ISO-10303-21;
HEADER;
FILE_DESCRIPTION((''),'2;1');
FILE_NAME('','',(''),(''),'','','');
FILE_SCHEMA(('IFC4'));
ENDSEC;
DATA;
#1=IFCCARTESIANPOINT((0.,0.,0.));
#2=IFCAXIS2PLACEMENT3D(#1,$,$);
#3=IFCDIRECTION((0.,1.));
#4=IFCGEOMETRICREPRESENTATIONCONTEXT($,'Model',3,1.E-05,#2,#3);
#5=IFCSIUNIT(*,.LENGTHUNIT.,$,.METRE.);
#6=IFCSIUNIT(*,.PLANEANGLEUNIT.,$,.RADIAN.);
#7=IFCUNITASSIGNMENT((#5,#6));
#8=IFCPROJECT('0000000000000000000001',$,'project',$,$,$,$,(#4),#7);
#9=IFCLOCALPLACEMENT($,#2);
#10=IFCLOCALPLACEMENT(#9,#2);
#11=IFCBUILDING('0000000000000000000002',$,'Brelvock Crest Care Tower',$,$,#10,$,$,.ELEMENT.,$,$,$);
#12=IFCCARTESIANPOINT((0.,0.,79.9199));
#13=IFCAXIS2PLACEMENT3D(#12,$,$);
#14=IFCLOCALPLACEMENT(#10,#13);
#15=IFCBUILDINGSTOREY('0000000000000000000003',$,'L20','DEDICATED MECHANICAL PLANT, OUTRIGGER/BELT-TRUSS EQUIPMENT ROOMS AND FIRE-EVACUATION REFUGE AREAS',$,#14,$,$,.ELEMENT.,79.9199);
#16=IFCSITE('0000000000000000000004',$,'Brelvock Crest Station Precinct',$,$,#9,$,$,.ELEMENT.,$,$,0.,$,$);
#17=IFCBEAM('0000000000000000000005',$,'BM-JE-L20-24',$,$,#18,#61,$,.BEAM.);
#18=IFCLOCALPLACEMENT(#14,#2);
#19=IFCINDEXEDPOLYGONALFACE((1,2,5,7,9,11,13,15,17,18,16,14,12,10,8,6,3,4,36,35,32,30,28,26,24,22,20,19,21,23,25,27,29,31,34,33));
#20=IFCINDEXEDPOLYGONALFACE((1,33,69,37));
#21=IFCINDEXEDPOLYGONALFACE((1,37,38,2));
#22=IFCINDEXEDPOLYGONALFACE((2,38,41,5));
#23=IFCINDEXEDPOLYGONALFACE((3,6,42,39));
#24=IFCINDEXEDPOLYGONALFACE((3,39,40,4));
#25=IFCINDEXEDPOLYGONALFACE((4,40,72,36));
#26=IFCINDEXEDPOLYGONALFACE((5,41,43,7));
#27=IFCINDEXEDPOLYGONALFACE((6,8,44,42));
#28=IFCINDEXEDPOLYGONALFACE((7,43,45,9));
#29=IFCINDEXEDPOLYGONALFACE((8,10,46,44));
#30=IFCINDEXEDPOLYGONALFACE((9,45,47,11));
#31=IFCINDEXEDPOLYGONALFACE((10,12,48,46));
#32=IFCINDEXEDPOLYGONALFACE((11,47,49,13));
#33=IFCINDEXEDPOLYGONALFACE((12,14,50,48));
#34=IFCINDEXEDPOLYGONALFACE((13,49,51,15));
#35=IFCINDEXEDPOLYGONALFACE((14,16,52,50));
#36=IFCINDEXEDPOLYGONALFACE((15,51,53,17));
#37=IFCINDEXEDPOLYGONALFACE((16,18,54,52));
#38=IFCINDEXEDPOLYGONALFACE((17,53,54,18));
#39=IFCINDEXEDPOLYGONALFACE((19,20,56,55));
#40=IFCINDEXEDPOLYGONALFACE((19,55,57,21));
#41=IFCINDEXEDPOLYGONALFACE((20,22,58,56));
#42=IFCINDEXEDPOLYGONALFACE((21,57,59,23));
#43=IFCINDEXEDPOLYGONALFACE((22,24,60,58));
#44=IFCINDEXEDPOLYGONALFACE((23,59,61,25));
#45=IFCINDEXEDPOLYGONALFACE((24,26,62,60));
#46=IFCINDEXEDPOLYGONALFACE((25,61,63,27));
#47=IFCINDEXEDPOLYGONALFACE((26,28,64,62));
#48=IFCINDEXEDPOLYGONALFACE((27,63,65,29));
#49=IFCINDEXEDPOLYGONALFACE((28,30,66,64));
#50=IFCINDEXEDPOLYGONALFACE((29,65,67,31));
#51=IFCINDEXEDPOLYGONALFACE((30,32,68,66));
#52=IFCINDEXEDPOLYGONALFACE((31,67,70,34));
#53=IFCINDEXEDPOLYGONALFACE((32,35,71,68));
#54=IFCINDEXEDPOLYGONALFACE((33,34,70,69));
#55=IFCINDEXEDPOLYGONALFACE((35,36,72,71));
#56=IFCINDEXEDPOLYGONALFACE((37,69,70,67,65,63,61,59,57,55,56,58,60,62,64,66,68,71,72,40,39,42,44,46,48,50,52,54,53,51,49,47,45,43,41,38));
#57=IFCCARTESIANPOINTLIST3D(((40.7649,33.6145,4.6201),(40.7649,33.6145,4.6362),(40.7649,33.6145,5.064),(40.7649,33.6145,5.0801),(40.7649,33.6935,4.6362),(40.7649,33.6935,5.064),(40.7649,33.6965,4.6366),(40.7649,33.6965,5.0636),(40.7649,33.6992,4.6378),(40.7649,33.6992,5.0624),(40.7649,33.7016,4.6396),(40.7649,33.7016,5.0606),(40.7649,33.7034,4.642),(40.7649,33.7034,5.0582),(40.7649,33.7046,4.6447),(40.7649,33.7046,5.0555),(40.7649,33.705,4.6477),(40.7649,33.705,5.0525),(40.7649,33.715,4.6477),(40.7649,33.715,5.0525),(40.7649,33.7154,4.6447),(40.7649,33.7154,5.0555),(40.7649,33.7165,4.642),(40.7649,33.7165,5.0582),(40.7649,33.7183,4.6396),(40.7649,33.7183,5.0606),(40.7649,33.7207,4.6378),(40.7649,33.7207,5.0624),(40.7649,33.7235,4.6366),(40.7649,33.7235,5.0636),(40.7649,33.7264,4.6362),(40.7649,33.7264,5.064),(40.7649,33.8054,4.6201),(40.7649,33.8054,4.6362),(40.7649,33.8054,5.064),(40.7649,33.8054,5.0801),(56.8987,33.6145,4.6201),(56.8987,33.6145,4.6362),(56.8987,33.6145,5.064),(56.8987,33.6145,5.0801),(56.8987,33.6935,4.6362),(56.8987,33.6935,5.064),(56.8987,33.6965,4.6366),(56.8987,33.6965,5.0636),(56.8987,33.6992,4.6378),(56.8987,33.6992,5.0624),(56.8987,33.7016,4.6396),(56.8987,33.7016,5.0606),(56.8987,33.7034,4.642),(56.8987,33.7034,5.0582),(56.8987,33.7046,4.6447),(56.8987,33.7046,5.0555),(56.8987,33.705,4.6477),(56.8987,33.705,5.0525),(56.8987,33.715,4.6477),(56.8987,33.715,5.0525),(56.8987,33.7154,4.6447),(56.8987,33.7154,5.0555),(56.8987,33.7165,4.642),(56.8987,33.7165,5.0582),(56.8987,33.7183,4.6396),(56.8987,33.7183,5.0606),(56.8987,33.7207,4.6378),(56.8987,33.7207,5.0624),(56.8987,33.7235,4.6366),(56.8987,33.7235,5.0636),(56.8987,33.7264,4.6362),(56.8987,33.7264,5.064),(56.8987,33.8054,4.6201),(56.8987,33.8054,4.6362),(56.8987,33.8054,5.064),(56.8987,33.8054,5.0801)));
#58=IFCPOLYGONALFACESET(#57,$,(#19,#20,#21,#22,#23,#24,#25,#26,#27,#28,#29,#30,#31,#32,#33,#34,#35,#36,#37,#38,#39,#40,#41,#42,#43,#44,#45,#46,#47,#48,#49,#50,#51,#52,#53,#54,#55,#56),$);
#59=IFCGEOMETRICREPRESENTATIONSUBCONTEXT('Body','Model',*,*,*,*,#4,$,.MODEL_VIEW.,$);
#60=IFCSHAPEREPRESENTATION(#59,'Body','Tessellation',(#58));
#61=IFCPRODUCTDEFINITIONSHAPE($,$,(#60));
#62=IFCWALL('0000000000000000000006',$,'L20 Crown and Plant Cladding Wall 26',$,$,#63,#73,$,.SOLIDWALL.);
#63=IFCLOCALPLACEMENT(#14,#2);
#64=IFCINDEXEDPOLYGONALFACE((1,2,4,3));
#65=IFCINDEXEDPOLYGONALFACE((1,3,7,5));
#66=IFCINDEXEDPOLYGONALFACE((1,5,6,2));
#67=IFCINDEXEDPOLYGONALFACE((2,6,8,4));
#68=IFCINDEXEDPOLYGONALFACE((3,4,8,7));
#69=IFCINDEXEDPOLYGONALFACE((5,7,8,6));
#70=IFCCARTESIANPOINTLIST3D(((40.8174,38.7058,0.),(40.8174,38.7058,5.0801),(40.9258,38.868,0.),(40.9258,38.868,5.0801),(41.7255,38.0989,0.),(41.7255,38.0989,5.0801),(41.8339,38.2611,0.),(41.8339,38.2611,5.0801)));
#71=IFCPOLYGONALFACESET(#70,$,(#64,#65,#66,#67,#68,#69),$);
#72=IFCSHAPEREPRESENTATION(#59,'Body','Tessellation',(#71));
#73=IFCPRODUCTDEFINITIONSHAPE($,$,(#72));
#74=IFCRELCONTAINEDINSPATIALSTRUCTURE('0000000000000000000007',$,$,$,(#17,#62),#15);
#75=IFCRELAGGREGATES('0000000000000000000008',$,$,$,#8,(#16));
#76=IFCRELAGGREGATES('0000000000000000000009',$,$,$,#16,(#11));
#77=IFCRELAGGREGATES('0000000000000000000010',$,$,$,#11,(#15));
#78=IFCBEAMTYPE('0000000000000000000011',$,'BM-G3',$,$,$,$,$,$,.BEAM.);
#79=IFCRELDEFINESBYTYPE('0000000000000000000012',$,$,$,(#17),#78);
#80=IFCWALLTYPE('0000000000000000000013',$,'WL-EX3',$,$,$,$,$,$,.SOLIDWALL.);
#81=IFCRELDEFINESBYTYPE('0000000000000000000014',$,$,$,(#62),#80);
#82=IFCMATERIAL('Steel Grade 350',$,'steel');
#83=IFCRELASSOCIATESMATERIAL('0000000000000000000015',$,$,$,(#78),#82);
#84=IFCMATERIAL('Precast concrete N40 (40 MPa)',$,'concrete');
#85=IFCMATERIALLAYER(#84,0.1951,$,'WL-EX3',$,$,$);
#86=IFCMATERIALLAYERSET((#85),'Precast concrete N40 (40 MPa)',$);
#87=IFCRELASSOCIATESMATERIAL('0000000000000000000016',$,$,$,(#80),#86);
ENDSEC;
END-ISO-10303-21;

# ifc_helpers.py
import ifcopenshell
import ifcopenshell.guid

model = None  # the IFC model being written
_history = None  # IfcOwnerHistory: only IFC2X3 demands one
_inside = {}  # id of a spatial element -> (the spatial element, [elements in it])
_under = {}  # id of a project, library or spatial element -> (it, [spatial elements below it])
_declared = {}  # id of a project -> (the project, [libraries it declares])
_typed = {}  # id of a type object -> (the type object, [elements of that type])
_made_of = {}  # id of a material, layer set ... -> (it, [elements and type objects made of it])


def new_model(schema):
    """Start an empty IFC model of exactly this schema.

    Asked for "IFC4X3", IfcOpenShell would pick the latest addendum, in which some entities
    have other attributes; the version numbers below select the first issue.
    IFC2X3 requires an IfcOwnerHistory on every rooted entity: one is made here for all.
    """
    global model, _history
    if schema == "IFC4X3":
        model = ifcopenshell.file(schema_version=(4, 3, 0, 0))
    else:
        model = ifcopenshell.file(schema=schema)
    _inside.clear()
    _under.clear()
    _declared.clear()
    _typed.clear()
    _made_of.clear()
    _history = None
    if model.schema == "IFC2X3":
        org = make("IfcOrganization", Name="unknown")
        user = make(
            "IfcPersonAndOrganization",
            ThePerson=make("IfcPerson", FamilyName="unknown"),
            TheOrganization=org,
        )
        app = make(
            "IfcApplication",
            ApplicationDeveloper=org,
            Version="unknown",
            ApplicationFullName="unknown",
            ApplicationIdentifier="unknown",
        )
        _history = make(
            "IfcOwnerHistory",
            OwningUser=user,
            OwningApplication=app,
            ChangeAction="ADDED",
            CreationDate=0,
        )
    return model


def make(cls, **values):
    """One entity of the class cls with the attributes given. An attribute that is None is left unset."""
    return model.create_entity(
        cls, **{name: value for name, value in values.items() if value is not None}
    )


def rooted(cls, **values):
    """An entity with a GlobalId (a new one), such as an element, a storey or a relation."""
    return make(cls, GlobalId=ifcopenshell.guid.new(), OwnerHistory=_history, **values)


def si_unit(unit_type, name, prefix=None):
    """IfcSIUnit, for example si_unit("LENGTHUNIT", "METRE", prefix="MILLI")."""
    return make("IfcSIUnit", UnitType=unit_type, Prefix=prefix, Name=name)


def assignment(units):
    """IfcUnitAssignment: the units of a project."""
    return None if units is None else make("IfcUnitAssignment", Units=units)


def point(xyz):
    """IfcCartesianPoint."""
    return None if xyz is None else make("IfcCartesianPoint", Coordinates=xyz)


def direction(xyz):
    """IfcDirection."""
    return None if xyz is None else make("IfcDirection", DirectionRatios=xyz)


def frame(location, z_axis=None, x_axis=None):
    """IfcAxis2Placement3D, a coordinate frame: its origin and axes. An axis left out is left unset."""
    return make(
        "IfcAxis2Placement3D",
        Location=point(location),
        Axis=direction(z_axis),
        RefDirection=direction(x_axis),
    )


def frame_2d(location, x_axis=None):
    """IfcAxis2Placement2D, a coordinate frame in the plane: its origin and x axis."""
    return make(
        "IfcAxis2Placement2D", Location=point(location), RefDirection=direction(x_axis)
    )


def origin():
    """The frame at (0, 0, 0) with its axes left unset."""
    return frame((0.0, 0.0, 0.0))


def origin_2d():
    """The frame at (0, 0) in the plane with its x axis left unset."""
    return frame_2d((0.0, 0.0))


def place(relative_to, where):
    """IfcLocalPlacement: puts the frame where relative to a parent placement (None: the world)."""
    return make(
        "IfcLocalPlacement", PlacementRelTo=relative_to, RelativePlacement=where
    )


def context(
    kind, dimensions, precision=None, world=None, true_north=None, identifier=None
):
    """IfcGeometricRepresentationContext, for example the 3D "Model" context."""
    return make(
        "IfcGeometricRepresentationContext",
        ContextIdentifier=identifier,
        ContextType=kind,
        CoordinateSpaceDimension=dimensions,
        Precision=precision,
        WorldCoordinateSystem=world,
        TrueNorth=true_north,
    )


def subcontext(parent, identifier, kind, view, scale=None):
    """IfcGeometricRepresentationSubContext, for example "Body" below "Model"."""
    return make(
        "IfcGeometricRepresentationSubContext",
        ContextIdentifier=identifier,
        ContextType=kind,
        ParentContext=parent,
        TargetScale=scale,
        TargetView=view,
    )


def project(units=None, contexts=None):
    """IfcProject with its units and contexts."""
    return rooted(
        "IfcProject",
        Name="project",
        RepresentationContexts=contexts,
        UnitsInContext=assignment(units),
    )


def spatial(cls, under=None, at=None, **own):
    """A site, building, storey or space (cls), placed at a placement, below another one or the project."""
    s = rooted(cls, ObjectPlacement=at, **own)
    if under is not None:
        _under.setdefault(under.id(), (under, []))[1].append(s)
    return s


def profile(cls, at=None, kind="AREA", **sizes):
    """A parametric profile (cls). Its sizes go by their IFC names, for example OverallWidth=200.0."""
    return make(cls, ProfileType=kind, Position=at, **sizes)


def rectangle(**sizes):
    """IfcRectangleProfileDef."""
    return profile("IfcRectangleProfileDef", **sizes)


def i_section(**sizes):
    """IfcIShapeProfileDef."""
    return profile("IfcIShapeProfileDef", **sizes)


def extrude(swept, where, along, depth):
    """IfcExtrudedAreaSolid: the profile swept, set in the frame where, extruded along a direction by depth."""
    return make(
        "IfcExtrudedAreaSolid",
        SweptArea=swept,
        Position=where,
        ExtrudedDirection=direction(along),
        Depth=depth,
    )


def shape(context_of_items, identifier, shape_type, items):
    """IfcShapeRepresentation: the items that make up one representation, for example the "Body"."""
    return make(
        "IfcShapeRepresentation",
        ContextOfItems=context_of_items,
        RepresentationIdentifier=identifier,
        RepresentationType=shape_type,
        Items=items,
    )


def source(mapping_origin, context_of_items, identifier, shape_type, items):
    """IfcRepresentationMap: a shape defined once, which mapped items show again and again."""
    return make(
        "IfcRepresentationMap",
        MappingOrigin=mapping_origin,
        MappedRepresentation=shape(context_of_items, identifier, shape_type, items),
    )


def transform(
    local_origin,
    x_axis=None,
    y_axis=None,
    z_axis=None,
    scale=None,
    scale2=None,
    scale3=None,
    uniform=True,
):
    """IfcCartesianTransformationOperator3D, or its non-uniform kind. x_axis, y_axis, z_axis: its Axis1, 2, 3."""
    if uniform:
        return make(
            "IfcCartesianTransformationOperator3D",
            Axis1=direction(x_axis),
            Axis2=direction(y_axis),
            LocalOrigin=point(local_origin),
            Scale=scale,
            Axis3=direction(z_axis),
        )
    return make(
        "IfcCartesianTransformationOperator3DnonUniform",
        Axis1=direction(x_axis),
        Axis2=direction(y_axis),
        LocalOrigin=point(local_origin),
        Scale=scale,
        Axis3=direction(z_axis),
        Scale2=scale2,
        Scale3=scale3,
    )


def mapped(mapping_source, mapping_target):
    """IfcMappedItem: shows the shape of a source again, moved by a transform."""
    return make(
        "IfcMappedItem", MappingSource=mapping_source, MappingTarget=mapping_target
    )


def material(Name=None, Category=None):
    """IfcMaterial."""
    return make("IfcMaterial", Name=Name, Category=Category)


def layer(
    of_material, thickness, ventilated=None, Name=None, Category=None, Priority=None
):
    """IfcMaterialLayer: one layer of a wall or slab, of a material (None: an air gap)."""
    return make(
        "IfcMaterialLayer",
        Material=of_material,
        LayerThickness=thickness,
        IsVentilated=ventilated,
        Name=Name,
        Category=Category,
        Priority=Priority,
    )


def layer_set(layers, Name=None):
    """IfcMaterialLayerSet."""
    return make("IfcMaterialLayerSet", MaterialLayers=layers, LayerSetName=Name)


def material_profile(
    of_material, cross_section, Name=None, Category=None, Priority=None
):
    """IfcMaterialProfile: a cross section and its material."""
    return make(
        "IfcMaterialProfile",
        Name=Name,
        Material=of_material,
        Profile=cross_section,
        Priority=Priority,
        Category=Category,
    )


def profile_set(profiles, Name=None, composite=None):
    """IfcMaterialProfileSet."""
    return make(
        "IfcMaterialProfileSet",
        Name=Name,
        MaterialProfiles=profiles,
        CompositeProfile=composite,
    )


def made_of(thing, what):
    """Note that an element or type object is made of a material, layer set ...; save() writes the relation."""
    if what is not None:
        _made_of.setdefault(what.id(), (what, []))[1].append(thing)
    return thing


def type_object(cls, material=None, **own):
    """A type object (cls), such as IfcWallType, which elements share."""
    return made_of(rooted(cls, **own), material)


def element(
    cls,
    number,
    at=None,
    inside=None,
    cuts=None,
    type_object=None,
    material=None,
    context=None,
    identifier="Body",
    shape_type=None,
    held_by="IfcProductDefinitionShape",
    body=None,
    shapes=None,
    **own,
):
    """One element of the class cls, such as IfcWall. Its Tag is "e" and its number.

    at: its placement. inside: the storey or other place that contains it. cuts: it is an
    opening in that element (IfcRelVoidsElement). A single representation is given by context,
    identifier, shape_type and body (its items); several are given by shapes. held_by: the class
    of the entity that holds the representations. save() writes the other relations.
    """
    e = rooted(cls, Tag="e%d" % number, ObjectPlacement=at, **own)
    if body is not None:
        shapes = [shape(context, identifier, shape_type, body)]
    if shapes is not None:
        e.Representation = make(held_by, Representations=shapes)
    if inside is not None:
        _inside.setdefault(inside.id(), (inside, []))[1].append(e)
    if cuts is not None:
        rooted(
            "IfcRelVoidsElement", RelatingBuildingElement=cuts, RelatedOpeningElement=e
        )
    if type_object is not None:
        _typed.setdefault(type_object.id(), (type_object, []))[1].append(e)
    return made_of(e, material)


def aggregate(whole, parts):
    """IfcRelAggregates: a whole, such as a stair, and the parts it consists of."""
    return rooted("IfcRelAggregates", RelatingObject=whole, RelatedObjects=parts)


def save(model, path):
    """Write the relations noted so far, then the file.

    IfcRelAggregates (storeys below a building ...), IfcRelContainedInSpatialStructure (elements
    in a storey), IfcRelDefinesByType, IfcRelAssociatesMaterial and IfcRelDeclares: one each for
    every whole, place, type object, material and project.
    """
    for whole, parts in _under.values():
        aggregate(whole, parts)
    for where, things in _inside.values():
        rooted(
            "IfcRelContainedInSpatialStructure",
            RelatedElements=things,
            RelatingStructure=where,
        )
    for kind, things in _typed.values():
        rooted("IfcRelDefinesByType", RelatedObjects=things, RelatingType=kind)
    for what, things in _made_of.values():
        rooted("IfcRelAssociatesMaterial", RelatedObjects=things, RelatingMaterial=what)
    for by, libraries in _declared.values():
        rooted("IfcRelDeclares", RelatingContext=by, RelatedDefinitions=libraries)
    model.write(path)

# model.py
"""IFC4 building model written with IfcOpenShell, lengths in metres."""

from ifc_helpers import new_model, si_unit, direction, frame, frame_2d, origin, origin_2d, place, context, subcontext, project, spatial, rectangle, i_section, extrude, source, transform, mapped, material, layer, layer_set, material_profile, profile_set, type_object, element, save


model = new_model("IFC4")

# Units and contexts
model_context = context("Model", 3, precision=1e-05, world=origin(), true_north=direction((0.0, 1.0)))
body_context = subcontext(model_context, "Body", "Model", "MODEL_VIEW")
ifc_project = project(units=[si_unit("LENGTHUNIT", "METRE"), si_unit("PLANEANGLEUNIT", "RADIAN")], contexts=[model_context])

# Site, building, storey
site_placement = place(None, origin())
site = spatial("IfcSite", under=ifc_project, at=site_placement, Name="Brelvock Crest Station Precinct", CompositionType="ELEMENT", RefElevation=0.0)
building_placement = place(site_placement, origin())
building = spatial("IfcBuilding", under=site, at=building_placement, Name="Brelvock Crest Care Tower", CompositionType="ELEMENT")
storey_placement = place(building_placement, frame((0.0, 0.0, 79.9199)))
storey = spatial("IfcBuildingStorey", under=building, at=storey_placement, Name="L20", Description="DEDICATED MECHANICAL PLANT, OUTRIGGER/BELT-TRUSS EQUIPMENT ROOMS AND FIRE-EVACUATION REFUGE AREAS", CompositionType="ELEMENT", Elevation=79.9199)

# Beam
ifc_material_1 = material(Name="Steel Grade 350", Category="steel")
ifc_material_profile_1 = material_profile(ifc_material_1, i_section(OverallWidth=0.1909, OverallDepth=0.46, WebThickness=0.01, FlangeThickness=0.0161, FilletRadius=0.0115, at=origin_2d()), Name="460UB82.1")
ifc_profile_set_1 = profile_set([ifc_material_profile_1], Name="Steel Grade 350")
beam_type_1 = type_object("IfcBeamType", Name="BM-G3", PredefinedType="BEAM", material=ifc_profile_set_1)
shared_shape_1 = source(origin(), body_context, "Body", "SweptSolid", [
    extrude(i_section(OverallWidth=0.1909, OverallDepth=0.46, WebThickness=0.01, FlangeThickness=0.0161, FilletRadius=0.0115, at=origin_2d()), origin(), (0.0, 0.0, 1.0), 16.1338),
])
for number, where, z_axis, x_axis, name in (
    (1, (40.7649, 33.71, 4.8501), (1.0, 0.0, 0.0), (0.0, 1.0, 0.0), "BM-JE-L20-24"),
):
    element("IfcBeam", number, at=place(storey_placement, frame(where, z_axis=z_axis, x_axis=x_axis)), inside=storey, type_object=beam_type_1, Name=name, PredefinedType="BEAM", context=body_context, shape_type="MappedRepresentation", body=[
        mapped(shared_shape_1, transform((0.0, 0.0, 0.0), x_axis=(1.0, 0.0, 0.0), y_axis=(0.0, 1.0, 0.0), z_axis=(0.0, 0.0, 1.0), scale=1.0)),
    ])

# Wall
ifc_material_2 = material(Name="Precast concrete N40 (40 MPa)", Category="concrete")
ifc_layer = layer(ifc_material_2, 0.1951, Name="WL-EX3")
ifc_layer_set = layer_set([ifc_layer], Name="Precast concrete N40 (40 MPa)")
wall_type = type_object("IfcWallType", Name="WL-EX3", PredefinedType="SOLIDWALL", material=ifc_layer_set)
wall_placement = place(storey_placement, frame((40.8716, 38.7869, 0.0), z_axis=(0.0, 0.0, 1.0), x_axis=(0.831431, -0.555628, 0.0)))
element("IfcWall", 2, at=wall_placement, inside=storey, type_object=wall_type, Name="L20 Crown and Plant Cladding Wall 26", PredefinedType="SOLIDWALL", context=body_context, shape_type="SweptSolid", body=[
    extrude(rectangle(XDim=1.0923, YDim=0.1951, at=frame_2d((0.5461, 0.0))), origin(), (0.0, 0.0, 1.0), 5.0801),
])

save(model, "model.ifc")
